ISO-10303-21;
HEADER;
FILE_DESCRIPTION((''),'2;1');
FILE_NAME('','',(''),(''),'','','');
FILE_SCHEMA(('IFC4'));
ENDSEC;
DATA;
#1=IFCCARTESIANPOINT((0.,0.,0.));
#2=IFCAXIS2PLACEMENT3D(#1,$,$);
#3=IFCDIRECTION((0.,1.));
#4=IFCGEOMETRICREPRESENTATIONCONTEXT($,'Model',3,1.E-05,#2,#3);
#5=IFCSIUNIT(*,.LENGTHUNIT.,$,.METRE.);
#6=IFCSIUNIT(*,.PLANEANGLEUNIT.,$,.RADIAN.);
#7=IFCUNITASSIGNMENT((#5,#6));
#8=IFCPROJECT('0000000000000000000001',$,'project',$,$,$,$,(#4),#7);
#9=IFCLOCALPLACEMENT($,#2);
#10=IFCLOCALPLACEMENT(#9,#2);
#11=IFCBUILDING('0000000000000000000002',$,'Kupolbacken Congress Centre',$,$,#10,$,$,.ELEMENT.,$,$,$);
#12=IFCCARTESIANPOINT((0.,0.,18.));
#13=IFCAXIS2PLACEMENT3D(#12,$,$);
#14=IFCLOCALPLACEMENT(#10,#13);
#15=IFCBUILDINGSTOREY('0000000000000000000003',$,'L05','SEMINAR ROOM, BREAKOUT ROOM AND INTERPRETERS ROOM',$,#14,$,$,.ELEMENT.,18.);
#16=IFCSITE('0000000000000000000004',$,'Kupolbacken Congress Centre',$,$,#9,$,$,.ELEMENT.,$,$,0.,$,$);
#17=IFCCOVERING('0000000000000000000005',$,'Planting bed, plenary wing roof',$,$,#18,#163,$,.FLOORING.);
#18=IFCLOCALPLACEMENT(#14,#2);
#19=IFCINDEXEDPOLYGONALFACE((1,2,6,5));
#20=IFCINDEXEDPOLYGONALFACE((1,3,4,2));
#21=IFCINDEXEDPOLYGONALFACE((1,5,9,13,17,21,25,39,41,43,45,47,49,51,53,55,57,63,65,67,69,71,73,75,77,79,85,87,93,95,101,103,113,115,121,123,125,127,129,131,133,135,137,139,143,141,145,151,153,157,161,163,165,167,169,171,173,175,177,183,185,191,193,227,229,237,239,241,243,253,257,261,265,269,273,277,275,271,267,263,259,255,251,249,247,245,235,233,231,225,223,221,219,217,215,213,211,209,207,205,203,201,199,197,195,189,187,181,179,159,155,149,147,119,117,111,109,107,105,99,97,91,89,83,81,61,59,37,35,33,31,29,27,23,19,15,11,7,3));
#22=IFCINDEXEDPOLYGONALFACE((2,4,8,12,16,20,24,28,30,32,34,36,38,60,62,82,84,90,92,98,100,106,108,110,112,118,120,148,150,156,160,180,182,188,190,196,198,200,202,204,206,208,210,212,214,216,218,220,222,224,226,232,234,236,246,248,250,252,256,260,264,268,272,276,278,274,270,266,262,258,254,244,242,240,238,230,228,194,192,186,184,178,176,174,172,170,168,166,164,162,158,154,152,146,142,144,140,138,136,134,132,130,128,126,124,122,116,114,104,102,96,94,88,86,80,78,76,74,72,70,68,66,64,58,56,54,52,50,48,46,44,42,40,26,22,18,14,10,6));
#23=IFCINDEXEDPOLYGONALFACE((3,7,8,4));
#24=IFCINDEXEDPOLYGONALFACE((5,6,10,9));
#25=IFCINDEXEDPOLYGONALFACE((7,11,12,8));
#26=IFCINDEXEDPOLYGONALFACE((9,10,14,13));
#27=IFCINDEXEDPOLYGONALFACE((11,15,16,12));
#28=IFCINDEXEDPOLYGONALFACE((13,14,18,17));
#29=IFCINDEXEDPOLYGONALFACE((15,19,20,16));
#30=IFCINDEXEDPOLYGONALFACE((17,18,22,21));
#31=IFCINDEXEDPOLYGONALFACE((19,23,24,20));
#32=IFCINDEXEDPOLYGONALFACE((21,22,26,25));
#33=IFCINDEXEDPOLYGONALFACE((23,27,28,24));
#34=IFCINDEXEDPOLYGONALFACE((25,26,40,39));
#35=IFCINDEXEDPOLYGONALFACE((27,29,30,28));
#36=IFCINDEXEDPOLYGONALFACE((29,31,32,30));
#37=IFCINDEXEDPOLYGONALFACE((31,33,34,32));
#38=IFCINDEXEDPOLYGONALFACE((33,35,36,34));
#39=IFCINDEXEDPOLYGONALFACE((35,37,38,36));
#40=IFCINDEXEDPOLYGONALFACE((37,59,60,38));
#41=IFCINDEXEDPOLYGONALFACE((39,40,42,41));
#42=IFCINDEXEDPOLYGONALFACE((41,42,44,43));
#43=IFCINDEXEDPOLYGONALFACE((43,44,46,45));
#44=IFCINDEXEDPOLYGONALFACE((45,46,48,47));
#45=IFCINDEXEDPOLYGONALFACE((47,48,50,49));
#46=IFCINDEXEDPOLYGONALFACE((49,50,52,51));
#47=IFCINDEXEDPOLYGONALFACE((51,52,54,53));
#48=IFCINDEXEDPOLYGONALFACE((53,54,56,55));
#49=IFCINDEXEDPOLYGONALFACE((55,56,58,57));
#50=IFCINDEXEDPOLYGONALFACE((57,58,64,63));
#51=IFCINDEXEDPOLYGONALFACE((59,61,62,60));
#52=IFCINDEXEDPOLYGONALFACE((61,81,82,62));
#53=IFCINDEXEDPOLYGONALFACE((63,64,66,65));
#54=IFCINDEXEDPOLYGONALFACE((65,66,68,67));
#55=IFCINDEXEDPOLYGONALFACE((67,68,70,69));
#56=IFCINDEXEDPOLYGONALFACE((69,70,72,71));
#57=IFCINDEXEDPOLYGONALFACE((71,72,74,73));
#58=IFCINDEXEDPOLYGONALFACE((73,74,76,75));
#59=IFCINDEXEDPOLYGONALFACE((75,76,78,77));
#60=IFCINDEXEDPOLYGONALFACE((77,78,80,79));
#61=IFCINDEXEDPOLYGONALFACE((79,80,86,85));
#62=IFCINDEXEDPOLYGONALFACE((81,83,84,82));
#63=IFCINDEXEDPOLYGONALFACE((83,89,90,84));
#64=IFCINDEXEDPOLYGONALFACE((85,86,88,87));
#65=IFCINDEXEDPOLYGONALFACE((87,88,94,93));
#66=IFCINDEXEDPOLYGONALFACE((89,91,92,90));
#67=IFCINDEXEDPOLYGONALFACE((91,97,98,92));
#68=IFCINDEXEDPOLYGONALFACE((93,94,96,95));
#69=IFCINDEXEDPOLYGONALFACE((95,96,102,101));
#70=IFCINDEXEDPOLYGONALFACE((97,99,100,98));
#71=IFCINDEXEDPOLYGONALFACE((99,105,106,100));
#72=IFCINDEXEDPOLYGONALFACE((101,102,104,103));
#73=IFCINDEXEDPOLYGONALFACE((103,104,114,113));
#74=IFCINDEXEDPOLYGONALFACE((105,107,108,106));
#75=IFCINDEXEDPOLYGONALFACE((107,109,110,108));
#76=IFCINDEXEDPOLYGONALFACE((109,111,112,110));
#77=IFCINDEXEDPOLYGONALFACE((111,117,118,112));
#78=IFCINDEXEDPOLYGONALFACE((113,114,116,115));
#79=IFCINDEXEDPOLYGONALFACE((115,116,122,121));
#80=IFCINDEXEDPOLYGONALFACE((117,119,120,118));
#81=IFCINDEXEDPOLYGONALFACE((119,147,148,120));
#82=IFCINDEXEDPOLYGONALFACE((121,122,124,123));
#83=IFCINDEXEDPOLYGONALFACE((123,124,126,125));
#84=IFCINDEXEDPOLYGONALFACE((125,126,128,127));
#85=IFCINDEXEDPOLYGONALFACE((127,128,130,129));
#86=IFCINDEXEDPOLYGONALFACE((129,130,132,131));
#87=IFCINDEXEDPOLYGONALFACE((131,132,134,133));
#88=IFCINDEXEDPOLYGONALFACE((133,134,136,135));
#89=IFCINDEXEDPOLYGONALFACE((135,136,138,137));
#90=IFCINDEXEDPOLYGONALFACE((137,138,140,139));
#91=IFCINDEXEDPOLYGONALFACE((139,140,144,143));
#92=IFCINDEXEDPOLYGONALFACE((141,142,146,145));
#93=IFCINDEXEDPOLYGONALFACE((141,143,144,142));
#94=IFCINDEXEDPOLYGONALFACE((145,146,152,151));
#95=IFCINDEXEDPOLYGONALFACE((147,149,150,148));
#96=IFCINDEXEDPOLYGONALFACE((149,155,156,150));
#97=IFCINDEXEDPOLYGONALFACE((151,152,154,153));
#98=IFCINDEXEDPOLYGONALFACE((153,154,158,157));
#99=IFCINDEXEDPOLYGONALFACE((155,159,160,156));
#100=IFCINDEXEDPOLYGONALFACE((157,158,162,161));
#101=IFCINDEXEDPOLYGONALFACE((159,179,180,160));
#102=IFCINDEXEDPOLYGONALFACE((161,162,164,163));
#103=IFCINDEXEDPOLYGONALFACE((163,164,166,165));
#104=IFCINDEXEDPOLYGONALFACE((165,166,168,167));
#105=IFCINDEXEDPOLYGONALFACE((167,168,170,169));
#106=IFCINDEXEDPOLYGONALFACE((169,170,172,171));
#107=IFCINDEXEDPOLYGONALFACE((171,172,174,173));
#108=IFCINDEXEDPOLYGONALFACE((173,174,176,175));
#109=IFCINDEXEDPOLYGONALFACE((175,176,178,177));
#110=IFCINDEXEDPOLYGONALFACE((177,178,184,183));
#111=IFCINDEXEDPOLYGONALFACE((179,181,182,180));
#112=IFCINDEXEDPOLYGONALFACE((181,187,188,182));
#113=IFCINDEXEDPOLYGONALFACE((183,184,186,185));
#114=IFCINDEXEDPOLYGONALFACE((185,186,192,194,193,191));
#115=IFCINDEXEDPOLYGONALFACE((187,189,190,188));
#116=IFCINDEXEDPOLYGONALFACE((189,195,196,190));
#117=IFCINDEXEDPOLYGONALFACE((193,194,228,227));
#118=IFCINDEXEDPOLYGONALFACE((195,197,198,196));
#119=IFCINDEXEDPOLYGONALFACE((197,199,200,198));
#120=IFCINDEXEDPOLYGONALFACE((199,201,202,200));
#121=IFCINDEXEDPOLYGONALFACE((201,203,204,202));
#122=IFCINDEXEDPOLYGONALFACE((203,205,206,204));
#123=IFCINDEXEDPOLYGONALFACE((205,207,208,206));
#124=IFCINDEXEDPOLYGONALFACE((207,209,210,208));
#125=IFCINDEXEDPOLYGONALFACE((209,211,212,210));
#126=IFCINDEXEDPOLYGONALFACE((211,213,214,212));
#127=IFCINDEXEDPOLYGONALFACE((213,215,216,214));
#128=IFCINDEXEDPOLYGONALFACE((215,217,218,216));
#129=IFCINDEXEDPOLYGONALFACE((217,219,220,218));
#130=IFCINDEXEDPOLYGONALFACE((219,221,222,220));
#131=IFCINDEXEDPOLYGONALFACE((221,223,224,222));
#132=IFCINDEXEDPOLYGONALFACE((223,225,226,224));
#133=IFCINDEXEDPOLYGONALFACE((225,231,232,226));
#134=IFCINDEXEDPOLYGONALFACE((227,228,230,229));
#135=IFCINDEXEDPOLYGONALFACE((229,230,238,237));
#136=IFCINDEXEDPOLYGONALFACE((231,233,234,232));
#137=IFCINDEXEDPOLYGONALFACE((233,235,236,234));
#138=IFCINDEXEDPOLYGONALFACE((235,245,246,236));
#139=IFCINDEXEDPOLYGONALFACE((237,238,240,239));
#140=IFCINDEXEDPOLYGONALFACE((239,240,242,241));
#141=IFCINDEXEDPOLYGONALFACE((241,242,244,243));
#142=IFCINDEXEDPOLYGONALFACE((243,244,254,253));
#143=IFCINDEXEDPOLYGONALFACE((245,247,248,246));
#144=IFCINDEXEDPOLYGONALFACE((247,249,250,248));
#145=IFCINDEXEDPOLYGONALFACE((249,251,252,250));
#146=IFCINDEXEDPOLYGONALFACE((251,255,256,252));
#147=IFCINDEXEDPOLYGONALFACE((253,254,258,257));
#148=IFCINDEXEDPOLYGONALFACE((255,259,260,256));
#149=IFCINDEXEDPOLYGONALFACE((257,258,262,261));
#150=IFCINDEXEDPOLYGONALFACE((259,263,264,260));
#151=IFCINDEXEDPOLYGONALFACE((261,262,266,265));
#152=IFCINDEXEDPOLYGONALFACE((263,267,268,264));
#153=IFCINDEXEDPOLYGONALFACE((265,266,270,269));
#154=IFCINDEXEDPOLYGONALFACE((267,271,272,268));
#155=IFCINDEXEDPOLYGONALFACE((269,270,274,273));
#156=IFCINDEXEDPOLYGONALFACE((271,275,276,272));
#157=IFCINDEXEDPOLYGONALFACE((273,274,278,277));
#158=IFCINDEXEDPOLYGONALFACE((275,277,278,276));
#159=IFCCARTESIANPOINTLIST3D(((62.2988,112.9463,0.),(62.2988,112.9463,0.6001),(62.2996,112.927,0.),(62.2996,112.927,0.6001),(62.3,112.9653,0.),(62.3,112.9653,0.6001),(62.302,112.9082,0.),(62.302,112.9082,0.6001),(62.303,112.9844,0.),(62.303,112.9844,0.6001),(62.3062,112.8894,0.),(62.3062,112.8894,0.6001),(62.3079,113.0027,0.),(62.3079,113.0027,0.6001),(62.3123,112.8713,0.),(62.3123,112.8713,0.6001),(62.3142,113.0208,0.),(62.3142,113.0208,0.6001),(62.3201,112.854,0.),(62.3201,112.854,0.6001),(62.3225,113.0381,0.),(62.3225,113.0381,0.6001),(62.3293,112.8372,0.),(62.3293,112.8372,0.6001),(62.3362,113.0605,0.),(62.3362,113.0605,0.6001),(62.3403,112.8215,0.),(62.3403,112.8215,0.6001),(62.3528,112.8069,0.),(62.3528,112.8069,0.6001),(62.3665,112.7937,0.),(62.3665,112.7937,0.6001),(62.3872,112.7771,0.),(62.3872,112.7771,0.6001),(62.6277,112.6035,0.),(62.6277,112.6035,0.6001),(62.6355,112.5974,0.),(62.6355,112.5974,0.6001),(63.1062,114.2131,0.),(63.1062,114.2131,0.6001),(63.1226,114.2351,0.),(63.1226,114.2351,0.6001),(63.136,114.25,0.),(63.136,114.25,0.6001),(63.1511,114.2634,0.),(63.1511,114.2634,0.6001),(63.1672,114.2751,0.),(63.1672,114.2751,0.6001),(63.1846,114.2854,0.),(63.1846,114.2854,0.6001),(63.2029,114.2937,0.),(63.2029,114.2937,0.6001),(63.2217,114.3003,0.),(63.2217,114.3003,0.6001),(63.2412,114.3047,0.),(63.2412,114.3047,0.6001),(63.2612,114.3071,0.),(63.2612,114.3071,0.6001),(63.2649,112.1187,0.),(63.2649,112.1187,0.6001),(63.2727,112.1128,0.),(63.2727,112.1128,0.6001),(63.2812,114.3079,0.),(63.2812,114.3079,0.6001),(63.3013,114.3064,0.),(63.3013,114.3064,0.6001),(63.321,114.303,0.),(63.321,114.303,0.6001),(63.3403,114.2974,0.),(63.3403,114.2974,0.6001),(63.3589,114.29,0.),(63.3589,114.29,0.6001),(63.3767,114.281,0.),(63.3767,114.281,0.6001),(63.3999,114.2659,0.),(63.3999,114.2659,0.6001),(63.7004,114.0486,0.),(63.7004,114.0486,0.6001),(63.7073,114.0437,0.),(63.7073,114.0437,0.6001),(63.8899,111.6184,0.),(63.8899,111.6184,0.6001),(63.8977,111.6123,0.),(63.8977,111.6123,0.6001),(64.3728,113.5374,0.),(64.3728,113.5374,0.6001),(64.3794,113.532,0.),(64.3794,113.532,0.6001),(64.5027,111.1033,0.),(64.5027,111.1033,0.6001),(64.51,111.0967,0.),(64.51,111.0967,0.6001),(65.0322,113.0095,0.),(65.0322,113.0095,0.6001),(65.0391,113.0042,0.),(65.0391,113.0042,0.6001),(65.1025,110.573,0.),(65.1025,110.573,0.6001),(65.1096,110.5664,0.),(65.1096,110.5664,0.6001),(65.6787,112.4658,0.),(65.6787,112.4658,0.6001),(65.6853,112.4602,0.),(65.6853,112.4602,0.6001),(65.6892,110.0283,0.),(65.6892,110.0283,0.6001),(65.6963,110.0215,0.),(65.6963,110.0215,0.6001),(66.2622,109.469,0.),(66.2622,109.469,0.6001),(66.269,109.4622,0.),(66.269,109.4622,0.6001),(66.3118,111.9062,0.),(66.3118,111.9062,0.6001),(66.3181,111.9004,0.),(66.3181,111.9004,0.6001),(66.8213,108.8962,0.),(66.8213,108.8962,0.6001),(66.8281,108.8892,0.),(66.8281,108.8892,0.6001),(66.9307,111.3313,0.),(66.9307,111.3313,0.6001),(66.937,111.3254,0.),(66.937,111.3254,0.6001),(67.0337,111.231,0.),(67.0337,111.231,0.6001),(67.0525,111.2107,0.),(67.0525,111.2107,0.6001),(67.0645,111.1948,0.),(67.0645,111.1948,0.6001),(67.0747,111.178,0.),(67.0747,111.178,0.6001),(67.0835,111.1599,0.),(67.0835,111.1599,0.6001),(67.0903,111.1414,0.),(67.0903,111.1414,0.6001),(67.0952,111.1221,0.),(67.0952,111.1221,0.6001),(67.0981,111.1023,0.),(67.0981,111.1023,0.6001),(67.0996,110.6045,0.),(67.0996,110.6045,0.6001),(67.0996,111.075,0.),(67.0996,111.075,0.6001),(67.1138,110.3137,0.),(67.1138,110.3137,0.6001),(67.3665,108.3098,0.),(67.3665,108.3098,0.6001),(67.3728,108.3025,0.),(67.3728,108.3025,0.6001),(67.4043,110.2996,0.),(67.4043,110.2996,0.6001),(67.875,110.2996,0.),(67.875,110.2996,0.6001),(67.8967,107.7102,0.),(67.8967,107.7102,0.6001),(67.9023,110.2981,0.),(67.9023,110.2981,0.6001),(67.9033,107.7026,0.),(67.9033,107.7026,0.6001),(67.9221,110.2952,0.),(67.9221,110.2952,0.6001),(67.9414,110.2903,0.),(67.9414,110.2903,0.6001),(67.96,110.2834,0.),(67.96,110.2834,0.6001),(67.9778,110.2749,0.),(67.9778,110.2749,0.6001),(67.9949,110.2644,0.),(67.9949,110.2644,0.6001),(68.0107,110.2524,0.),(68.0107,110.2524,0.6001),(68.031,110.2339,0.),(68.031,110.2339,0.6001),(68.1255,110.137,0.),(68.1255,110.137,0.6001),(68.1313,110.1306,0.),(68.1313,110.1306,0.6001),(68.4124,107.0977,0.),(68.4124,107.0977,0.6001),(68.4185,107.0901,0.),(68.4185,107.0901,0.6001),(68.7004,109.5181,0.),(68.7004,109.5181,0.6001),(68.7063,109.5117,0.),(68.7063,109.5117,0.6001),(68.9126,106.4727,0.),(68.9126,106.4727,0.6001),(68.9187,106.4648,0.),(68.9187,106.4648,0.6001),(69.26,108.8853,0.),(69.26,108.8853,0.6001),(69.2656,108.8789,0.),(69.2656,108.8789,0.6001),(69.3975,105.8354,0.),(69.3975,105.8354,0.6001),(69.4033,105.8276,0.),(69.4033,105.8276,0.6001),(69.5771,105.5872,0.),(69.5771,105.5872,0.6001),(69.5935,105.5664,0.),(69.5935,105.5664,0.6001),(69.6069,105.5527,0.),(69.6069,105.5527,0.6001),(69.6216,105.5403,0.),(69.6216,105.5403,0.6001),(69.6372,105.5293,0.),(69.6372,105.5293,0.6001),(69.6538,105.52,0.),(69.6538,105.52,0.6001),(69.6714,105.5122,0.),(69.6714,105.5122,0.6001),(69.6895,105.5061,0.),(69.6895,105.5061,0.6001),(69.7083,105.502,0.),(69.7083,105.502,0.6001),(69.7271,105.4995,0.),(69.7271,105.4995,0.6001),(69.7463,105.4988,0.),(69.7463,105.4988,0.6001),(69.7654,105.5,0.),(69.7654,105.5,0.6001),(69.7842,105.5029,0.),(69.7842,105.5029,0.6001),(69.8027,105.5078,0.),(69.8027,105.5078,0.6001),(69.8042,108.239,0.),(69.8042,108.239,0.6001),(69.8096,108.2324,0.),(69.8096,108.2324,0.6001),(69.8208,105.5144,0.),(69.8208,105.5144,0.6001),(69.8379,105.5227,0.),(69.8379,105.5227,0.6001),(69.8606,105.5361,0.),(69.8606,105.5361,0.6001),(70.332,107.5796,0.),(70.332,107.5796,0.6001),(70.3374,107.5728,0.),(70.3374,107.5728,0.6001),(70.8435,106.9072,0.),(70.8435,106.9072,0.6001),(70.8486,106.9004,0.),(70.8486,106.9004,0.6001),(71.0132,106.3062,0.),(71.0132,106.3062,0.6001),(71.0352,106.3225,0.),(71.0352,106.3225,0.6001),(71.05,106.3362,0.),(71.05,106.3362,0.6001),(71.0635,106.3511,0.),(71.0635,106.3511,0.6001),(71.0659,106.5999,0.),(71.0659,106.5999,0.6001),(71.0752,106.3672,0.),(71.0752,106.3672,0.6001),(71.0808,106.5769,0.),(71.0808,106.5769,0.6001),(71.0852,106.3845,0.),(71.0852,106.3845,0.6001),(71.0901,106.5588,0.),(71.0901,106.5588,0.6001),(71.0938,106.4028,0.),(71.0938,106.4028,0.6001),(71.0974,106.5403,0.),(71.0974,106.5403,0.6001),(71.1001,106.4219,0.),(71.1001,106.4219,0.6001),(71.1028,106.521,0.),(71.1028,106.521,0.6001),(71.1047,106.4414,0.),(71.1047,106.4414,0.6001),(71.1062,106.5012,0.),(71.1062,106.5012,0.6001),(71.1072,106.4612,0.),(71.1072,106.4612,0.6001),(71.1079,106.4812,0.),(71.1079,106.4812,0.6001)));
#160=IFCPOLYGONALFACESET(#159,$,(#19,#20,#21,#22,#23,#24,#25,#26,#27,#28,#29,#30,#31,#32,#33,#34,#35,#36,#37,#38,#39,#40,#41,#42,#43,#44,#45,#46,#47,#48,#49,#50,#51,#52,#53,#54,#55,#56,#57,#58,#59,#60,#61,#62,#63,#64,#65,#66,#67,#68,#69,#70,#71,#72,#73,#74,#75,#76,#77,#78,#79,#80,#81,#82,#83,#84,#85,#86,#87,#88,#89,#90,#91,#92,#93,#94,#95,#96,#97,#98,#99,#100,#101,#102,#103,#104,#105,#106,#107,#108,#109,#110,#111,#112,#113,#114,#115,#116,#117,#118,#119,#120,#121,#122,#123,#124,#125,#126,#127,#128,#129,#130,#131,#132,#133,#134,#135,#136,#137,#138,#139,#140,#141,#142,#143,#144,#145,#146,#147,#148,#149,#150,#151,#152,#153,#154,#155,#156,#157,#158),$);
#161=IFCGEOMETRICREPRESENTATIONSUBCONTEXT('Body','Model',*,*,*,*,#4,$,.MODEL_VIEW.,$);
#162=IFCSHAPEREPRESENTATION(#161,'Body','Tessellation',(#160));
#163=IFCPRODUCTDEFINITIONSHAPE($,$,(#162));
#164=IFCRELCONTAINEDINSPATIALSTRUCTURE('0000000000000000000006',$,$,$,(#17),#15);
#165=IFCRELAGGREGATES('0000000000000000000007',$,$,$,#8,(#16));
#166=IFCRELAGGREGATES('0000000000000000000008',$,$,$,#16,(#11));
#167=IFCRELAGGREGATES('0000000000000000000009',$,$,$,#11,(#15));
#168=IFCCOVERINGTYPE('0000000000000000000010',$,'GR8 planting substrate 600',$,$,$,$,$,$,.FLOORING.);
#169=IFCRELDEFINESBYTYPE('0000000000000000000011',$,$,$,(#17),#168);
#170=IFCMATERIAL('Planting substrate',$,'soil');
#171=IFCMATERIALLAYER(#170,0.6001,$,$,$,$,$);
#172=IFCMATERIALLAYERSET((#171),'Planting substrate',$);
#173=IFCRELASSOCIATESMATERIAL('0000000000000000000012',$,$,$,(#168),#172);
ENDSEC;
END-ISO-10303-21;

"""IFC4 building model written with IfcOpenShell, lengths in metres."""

from ifc_helpers import new_model, si_unit, direction, frame, origin, place, context, subcontext, project, spatial, polyline, outline, extrude, material, layer, layer_set, type_object, element, save


model = new_model("IFC4")

# Units and contexts
model_context = context("Model", 3, precision=1e-05, world=origin(), true_north=direction((0.0, 1.0)))
body_context = subcontext(model_context, "Body", "Model", "MODEL_VIEW")
ifc_project = project(units=[si_unit("LENGTHUNIT", "METRE"), si_unit("PLANEANGLEUNIT", "RADIAN")], contexts=[model_context])

# Site, building, storey
site_placement = place(None, origin())
site = spatial("IfcSite", under=ifc_project, at=site_placement, Name="Kupolbacken Congress Centre", CompositionType="ELEMENT", RefElevation=0.0)
building_placement = place(site_placement, origin())
building = spatial("IfcBuilding", under=site, at=building_placement, Name="Kupolbacken Congress Centre", CompositionType="ELEMENT")
storey_placement = place(building_placement, frame((0.0, 0.0, 18.0)))
storey = spatial("IfcBuildingStorey", under=building, at=storey_placement, Name="L05", Description="SEMINAR ROOM, BREAKOUT ROOM AND INTERPRETERS ROOM", CompositionType="ELEMENT", Elevation=18.0)

# Covering
ifc_material_1 = material(Name="Planting substrate", Category="soil")
ifc_layer_1 = layer(ifc_material_1, 0.6001)
ifc_layer_set_1 = layer_set([ifc_layer_1], Name="Planting substrate")
covering_type_1 = type_object("IfcCoveringType", Name="GR8 planting substrate 600", PredefinedType="FLOORING", material=ifc_layer_set_1)
covering_1_placement = place(storey_placement, origin())
element("IfcCovering", 1, at=covering_1_placement, inside=storey, type_object=covering_type_1, Name="Planting bed, plenary wing roof", PredefinedType="FLOORING", context=body_context, shape_type="SweptSolid", body=[
    extrude(outline(polyline([(63.1062, 114.2131), (63.1226, 114.2351), (63.136, 114.25), (63.1511, 114.2634), (63.1672, 114.2751), (63.1846, 114.2854), (63.2029, 114.2937), (63.2217, 114.3003), (63.2412, 114.3047), (63.2612, 114.3071), (63.2812, 114.3079), (63.3013, 114.3064), (63.321, 114.303), (63.3403, 114.2974), (63.3589, 114.29), (63.3767, 114.281), (63.3999, 114.2659), (63.7004, 114.0486), (63.7073, 114.0437), (64.3728, 113.5374), (64.3794, 113.532), (65.0322, 113.0095), (65.0391, 113.0042), (65.6787, 112.4658), (65.6853, 112.4602), (66.3118, 111.9062), (66.3181, 111.9004), (66.9307, 111.3313), (66.937, 111.3254), (67.0337, 111.231), (67.0525, 111.2107), (67.0645, 111.1948), (67.0747, 111.178), (67.0835, 111.1599), (67.0903, 111.1414), (67.0952, 111.1221), (67.0981, 111.1023), (67.0996, 111.075), (67.0996, 110.6045), (67.1138, 110.3137), (67.4043, 110.2996), (67.875, 110.2996), (67.9023, 110.2981), (67.9221, 110.2952), (67.9414, 110.2903), (67.96, 110.2834), (67.9778, 110.2749), (67.9949, 110.2644), (68.0107, 110.2524), (68.031, 110.2339), (68.1255, 110.137), (68.1313, 110.1306), (68.7004, 109.5181), (68.7063, 109.5117), (69.26, 108.8853), (69.2656, 108.8789), (69.8042, 108.239), (69.8096, 108.2324), (70.332, 107.5796), (70.3374, 107.5728), (70.8435, 106.9072), (70.8486, 106.9004), (71.0659, 106.5999), (71.0808, 106.5769), (71.0901, 106.5588), (71.0974, 106.5403), (71.1028, 106.521), (71.1062, 106.5012), (71.1079, 106.4812), (71.1072, 106.4612), (71.1047, 106.4414), (71.1001, 106.4219), (71.0938, 106.4028), (71.0852, 106.3845), (71.0752, 106.3672), (71.0635, 106.3511), (71.05, 106.3362), (71.0352, 106.3225), (71.0132, 106.3062), (69.8606, 105.5361), (69.8379, 105.5227), (69.8208, 105.5144), (69.8027, 105.5078), (69.7842, 105.5029), (69.7654, 105.5), (69.7463, 105.4988), (69.7271, 105.4995), (69.7083, 105.502), (69.6895, 105.5061), (69.6714, 105.5122), (69.6538, 105.52), (69.6372, 105.5293), (69.6216, 105.5403), (69.6069, 105.5527), (69.5935, 105.5664), (69.5771, 105.5872), (69.4033, 105.8276), (69.3975, 105.8354), (68.9187, 106.4648), (68.9126, 106.4727), (68.4185, 107.0901), (68.4124, 107.0977), (67.9033, 107.7026), (67.8967, 107.7102), (67.3728, 108.3025), (67.3665, 108.3098), (66.8281, 108.8892), (66.8213, 108.8962), (66.269, 109.4622), (66.2622, 109.469), (65.6963, 110.0215), (65.6892, 110.0283), (65.1096, 110.5664), (65.1025, 110.573), (64.51, 111.0967), (64.5027, 111.1033), (63.8977, 111.6123), (63.8899, 111.6184), (63.2727, 112.1128), (63.2649, 112.1187), (62.6355, 112.5974), (62.6277, 112.6035), (62.3872, 112.7771), (62.3665, 112.7937), (62.3528, 112.8069), (62.3403, 112.8215), (62.3293, 112.8372), (62.3201, 112.854), (62.3123, 112.8713), (62.3062, 112.8894), (62.302, 112.9082), (62.2996, 112.927), (62.2988, 112.9463), (62.3, 112.9653), (62.303, 112.9844), (62.3079, 113.0027), (62.3142, 113.0208), (62.3225, 113.0381), (62.3362, 113.0605), (63.1062, 114.2131)])), origin(), (0.0, 0.0, 1.0), 0.6001),
])

save(model, "model.ifc")
